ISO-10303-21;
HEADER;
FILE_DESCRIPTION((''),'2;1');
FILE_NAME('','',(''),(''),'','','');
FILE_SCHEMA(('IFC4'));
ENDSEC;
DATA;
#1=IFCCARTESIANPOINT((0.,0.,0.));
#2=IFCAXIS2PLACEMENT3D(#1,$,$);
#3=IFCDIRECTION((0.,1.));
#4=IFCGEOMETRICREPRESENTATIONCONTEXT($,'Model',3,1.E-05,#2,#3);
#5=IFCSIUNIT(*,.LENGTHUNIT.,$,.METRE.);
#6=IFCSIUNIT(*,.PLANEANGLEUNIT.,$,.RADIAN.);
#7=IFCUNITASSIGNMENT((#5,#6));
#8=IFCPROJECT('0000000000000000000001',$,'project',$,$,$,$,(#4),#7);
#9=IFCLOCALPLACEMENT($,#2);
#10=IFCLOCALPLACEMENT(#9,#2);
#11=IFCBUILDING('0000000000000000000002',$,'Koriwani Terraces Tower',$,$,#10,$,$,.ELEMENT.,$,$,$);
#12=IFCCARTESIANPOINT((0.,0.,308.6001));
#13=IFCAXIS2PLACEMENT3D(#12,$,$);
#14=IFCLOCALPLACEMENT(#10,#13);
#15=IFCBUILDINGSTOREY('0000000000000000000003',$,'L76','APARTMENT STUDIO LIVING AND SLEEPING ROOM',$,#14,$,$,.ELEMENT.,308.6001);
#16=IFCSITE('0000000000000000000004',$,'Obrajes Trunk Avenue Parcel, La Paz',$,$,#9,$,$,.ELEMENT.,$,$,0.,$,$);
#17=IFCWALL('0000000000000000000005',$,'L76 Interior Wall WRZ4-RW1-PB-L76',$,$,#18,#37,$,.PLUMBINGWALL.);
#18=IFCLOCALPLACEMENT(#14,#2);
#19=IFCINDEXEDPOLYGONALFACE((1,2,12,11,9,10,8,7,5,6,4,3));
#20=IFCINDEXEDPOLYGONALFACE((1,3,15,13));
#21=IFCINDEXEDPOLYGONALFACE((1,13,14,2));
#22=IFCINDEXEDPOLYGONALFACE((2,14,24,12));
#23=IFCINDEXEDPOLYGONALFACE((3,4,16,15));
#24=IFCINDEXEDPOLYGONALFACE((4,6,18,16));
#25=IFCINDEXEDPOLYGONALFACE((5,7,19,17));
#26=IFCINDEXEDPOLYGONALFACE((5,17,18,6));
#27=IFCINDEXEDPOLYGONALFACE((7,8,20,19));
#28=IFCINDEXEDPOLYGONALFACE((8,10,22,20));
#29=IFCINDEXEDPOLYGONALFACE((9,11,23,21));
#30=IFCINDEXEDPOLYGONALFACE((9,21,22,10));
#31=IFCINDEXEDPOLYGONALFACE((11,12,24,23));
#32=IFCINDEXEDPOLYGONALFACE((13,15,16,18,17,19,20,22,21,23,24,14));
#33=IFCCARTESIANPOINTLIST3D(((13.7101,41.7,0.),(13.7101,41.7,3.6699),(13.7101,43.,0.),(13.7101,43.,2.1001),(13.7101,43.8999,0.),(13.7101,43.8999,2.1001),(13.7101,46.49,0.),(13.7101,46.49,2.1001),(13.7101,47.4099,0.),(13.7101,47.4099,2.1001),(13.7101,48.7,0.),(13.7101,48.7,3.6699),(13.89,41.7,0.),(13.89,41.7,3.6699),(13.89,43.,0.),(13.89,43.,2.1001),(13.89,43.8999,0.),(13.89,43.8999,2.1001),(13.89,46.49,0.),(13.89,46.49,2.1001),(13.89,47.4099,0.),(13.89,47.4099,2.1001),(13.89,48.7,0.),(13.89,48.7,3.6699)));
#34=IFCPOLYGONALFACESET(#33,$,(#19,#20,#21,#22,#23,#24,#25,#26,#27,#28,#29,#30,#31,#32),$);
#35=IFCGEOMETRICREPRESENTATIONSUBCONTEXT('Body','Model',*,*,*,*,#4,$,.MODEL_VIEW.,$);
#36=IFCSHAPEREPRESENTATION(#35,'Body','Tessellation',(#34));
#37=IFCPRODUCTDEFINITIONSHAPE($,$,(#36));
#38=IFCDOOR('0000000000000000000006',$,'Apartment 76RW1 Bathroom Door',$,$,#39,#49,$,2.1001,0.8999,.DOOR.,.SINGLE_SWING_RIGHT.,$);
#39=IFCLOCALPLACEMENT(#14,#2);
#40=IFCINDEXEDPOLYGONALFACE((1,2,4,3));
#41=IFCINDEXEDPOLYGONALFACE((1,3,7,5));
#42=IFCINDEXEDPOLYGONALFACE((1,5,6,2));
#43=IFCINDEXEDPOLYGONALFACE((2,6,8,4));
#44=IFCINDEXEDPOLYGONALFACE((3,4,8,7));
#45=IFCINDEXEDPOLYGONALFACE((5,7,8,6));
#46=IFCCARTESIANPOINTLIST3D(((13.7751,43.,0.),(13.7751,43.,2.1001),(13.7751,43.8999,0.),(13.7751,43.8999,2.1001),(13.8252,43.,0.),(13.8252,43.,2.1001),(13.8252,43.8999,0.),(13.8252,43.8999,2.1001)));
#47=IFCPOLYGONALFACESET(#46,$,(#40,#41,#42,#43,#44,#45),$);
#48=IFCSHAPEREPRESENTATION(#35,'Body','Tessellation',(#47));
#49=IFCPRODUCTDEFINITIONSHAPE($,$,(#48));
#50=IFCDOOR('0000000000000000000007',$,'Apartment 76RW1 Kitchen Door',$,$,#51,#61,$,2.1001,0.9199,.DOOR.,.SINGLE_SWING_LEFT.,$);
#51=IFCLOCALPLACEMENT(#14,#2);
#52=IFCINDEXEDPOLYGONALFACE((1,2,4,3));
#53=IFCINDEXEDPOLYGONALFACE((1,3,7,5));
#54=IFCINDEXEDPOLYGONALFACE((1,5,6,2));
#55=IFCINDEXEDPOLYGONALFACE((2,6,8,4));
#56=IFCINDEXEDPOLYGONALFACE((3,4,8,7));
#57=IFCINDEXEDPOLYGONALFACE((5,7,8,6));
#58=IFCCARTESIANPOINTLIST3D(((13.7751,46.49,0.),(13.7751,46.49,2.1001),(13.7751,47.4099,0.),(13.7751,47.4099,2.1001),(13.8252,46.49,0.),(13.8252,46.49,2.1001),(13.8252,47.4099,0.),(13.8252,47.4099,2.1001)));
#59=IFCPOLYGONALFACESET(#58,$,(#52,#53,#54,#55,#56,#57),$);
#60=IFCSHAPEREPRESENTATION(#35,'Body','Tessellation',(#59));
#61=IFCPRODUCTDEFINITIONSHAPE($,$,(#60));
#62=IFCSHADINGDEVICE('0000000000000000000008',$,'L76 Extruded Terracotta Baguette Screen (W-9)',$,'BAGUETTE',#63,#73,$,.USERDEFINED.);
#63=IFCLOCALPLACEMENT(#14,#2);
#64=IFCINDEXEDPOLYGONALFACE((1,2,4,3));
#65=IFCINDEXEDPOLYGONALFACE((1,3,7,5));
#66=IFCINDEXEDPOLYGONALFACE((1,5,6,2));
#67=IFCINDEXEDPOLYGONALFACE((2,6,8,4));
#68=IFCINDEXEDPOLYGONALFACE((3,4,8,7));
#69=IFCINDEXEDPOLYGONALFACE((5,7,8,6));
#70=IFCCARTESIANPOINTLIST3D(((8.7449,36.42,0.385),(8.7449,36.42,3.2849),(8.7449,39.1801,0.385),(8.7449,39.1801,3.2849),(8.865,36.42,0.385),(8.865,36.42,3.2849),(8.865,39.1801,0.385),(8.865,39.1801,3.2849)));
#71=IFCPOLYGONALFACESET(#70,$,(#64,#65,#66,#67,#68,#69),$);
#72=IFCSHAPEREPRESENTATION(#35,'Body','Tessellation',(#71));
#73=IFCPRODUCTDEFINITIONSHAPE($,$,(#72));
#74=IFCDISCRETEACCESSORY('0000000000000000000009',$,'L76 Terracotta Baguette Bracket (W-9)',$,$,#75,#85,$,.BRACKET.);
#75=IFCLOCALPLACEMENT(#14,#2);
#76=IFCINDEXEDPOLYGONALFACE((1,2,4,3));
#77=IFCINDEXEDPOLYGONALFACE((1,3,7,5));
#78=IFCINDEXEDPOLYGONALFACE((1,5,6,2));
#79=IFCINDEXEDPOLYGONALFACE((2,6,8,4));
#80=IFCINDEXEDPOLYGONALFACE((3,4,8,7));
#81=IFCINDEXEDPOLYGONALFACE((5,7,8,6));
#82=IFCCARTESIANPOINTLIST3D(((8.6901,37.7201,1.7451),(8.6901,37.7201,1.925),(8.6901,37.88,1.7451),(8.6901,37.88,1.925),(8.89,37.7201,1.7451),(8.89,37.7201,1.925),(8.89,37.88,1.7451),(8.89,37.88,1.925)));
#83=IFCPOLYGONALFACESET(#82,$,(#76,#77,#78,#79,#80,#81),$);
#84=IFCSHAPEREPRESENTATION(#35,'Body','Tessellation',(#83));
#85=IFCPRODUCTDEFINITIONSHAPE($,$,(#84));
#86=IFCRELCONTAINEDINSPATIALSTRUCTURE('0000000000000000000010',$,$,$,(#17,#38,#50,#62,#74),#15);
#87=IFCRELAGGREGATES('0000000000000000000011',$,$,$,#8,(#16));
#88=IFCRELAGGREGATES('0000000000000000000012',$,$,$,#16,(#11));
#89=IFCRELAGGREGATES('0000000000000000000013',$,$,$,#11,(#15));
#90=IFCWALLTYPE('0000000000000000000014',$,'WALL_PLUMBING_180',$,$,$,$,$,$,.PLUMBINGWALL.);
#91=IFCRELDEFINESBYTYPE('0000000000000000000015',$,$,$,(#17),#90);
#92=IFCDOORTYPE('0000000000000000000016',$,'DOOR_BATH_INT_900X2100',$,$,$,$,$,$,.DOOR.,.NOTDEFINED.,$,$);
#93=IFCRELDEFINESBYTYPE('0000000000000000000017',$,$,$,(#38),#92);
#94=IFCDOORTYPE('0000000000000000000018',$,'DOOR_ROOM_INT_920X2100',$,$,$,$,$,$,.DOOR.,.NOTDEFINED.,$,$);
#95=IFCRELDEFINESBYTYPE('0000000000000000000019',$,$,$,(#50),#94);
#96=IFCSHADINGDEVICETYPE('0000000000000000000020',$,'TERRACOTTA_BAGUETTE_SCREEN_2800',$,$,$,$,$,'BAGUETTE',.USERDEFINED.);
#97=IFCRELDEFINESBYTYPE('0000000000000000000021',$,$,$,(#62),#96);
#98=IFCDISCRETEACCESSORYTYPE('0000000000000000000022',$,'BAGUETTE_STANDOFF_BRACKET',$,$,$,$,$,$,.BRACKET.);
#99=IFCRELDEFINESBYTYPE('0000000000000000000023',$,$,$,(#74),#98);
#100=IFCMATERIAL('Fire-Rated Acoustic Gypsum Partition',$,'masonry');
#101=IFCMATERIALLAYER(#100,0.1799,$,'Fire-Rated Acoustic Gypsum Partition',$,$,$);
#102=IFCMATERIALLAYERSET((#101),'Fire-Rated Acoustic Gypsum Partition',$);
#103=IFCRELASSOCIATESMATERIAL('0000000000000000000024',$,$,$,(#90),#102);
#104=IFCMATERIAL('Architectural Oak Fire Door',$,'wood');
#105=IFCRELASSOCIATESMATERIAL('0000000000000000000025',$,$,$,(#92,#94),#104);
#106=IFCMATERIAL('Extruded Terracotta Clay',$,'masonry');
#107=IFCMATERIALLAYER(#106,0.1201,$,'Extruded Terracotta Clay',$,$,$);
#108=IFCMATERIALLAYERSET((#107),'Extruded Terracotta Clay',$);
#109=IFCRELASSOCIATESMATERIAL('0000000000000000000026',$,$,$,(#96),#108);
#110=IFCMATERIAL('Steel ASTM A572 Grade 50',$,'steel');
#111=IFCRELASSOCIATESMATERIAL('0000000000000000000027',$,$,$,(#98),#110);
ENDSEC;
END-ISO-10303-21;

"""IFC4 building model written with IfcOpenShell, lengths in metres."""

from ifc_helpers import new_model, si_unit, direction, frame, frame_2d, origin, origin_2d, place, context, subcontext, project, spatial, rectangle, extrude, material, layer, layer_set, type_object, element, fill, save


model = new_model("IFC4")

# Units and contexts
model_context = context("Model", 3, precision=1e-05, world=origin(), true_north=direction((0.0, 1.0)))
body_context = subcontext(model_context, "Body", "Model", "MODEL_VIEW")
ifc_project = project(units=[si_unit("LENGTHUNIT", "METRE"), si_unit("PLANEANGLEUNIT", "RADIAN")], contexts=[model_context])

# Site, building, storey
site_placement = place(None, origin())
site = spatial("IfcSite", under=ifc_project, at=site_placement, Name="Obrajes Trunk Avenue Parcel, La Paz", CompositionType="ELEMENT", RefElevation=0.0)
building_placement = place(site_placement, origin())
building = spatial("IfcBuilding", under=site, at=building_placement, Name="Koriwani Terraces Tower", CompositionType="ELEMENT")
storey_placement = place(building_placement, frame((0.0, 0.0, 308.6001)))
storey = spatial("IfcBuildingStorey", under=building, at=storey_placement, Name="L76", Description="APARTMENT STUDIO LIVING AND SLEEPING ROOM", CompositionType="ELEMENT", Elevation=308.6001)

# Shared definitions
ifc_material_1 = material(Name="Steel ASTM A572 Grade 50", Category="steel")

# Shared definitions
ifc_material_2 = material(Name="Architectural Oak Fire Door", Category="wood")

# Wall, openings, doors
ifc_material_3 = material(Name="Fire-Rated Acoustic Gypsum Partition", Category="masonry")
ifc_layer_1 = layer(ifc_material_3, 0.1799, Name="Fire-Rated Acoustic Gypsum Partition")
ifc_layer_set_1 = layer_set([ifc_layer_1], Name="Fire-Rated Acoustic Gypsum Partition")
wall_type_1 = type_object("IfcWallType", Name="WALL_PLUMBING_180", PredefinedType="PLUMBINGWALL", material=ifc_layer_set_1)
wall_1_placement = place(storey_placement, frame((13.8, 41.7, 0.0), z_axis=(0.0, 0.0, 1.0), x_axis=(0.0, 1.0, 0.0)))
wall_1 = element("IfcWall", 1, at=wall_1_placement, inside=storey, type_object=wall_type_1, Name="L76 Interior Wall WRZ4-RW1-PB-L76", PredefinedType="PLUMBINGWALL", context=body_context, shape_type="SweptSolid", body=[
    extrude(rectangle(XDim=7.0, YDim=0.1799, at=frame_2d((3.5, 0.0))), origin(), (0.0, 0.0, 1.0), 3.6699),
])
opening_1_placement = place(wall_1_placement, frame((1.3, 0.0, 0.0)))
opening_1 = element("IfcOpeningElement", 2, at=opening_1_placement, cuts=wall_1, PredefinedType="OPENING", context=body_context, shape_type="SweptSolid", body=[
    extrude(rectangle(XDim=0.8999, YDim=2.1001, at=frame_2d((0.45, 1.05))), frame((0.0, 0.1001, 0.0), z_axis=(0.0, -1.0, 0.0), x_axis=(1.0, 0.0, 0.0)), (0.0, 0.0, 1.0), 0.2),
])
opening_2_placement = place(wall_1_placement, frame((4.79, 0.0, 0.0)))
opening_2 = element("IfcOpeningElement", 3, at=opening_2_placement, cuts=wall_1, PredefinedType="OPENING", context=body_context, shape_type="SweptSolid", body=[
    extrude(rectangle(XDim=0.9199, YDim=2.1001, at=frame_2d((0.46, 1.05))), frame((0.0, 0.1001, 0.0), z_axis=(0.0, -1.0, 0.0), x_axis=(1.0, 0.0, 0.0)), (0.0, 0.0, 1.0), 0.2),
])
door_type_1 = type_object("IfcDoorType", Name="DOOR_BATH_INT_900X2100", OperationType="NOTDEFINED", PredefinedType="DOOR", material=ifc_material_2)
door_1_placement = place(opening_1_placement, origin())
door_1 = element("IfcDoor", 4, at=door_1_placement, inside=storey, type_object=door_type_1, Name="Apartment 76RW1 Bathroom Door", OperationType="SINGLE_SWING_RIGHT", OverallHeight=2.1001, OverallWidth=0.8999, PredefinedType="DOOR", context=body_context, shape_type="SweptSolid", body=[
    extrude(rectangle(XDim=0.8999, YDim=2.1001, at=frame_2d((0.45, 1.05))), frame((0.0, 0.0249, 0.0), z_axis=(0.0, -1.0, 0.0), x_axis=(1.0, 0.0, 0.0)), (0.0, 0.0, 1.0), 0.05),
])
fill(opening_1, door_1)
door_type_2 = type_object("IfcDoorType", Name="DOOR_ROOM_INT_920X2100", OperationType="NOTDEFINED", PredefinedType="DOOR", material=ifc_material_2)
door_2_placement = place(opening_2_placement, origin())
door_2 = element("IfcDoor", 5, at=door_2_placement, inside=storey, type_object=door_type_2, Name="Apartment 76RW1 Kitchen Door", OperationType="SINGLE_SWING_LEFT", OverallHeight=2.1001, OverallWidth=0.9199, PredefinedType="DOOR", context=body_context, shape_type="SweptSolid", body=[
    extrude(rectangle(XDim=0.9199, YDim=2.1001, at=frame_2d((0.46, 1.05))), frame((0.0, 0.0249, 0.0), z_axis=(0.0, -1.0, 0.0), x_axis=(1.0, 0.0, 0.0)), (0.0, 0.0, 1.0), 0.05),
])
fill(opening_2, door_2)

# Shading device
ifc_material_4 = material(Name="Extruded Terracotta Clay", Category="masonry")
ifc_layer_2 = layer(ifc_material_4, 0.1201, Name="Extruded Terracotta Clay")
ifc_layer_set_2 = layer_set([ifc_layer_2], Name="Extruded Terracotta Clay")
shading_device_type = type_object("IfcShadingDeviceType", Name="TERRACOTTA_BAGUETTE_SCREEN_2800", ElementType="BAGUETTE", PredefinedType="USERDEFINED", material=ifc_layer_set_2)
shading_device_placement = place(storey_placement, frame((8.8049, 37.8, 0.385), z_axis=(0.0, 0.0, 1.0), x_axis=(0.0, 1.0, 0.0)))
element("IfcShadingDevice", 6, at=shading_device_placement, inside=storey, type_object=shading_device_type, Name="L76 Extruded Terracotta Baguette Screen (W-9)", ObjectType="BAGUETTE", PredefinedType="USERDEFINED", context=body_context, shape_type="SweptSolid", body=[
    extrude(rectangle(XDim=2.76, YDim=0.1201, at=origin_2d()), origin(), (0.0, 0.0, 1.0), 2.8999),
])

# Discrete accessory
discrete_accessory_type = type_object("IfcDiscreteAccessoryType", Name="BAGUETTE_STANDOFF_BRACKET", PredefinedType="BRACKET", material=ifc_material_1)
discrete_accessory_placement = place(storey_placement, frame((8.79, 37.8, 1.7451), z_axis=(0.0, 0.0, 1.0), x_axis=(0.0, 1.0, 0.0)))
element("IfcDiscreteAccessory", 7, at=discrete_accessory_placement, inside=storey, type_object=discrete_accessory_type, Name="L76 Terracotta Baguette Bracket (W-9)", PredefinedType="BRACKET", context=body_context, shape_type="SweptSolid", body=[
    extrude(rectangle(XDim=0.1599, YDim=0.2, at=origin_2d()), origin(), (0.0, 0.0, 1.0), 0.1799),
])

save(model, "model.ifc")
